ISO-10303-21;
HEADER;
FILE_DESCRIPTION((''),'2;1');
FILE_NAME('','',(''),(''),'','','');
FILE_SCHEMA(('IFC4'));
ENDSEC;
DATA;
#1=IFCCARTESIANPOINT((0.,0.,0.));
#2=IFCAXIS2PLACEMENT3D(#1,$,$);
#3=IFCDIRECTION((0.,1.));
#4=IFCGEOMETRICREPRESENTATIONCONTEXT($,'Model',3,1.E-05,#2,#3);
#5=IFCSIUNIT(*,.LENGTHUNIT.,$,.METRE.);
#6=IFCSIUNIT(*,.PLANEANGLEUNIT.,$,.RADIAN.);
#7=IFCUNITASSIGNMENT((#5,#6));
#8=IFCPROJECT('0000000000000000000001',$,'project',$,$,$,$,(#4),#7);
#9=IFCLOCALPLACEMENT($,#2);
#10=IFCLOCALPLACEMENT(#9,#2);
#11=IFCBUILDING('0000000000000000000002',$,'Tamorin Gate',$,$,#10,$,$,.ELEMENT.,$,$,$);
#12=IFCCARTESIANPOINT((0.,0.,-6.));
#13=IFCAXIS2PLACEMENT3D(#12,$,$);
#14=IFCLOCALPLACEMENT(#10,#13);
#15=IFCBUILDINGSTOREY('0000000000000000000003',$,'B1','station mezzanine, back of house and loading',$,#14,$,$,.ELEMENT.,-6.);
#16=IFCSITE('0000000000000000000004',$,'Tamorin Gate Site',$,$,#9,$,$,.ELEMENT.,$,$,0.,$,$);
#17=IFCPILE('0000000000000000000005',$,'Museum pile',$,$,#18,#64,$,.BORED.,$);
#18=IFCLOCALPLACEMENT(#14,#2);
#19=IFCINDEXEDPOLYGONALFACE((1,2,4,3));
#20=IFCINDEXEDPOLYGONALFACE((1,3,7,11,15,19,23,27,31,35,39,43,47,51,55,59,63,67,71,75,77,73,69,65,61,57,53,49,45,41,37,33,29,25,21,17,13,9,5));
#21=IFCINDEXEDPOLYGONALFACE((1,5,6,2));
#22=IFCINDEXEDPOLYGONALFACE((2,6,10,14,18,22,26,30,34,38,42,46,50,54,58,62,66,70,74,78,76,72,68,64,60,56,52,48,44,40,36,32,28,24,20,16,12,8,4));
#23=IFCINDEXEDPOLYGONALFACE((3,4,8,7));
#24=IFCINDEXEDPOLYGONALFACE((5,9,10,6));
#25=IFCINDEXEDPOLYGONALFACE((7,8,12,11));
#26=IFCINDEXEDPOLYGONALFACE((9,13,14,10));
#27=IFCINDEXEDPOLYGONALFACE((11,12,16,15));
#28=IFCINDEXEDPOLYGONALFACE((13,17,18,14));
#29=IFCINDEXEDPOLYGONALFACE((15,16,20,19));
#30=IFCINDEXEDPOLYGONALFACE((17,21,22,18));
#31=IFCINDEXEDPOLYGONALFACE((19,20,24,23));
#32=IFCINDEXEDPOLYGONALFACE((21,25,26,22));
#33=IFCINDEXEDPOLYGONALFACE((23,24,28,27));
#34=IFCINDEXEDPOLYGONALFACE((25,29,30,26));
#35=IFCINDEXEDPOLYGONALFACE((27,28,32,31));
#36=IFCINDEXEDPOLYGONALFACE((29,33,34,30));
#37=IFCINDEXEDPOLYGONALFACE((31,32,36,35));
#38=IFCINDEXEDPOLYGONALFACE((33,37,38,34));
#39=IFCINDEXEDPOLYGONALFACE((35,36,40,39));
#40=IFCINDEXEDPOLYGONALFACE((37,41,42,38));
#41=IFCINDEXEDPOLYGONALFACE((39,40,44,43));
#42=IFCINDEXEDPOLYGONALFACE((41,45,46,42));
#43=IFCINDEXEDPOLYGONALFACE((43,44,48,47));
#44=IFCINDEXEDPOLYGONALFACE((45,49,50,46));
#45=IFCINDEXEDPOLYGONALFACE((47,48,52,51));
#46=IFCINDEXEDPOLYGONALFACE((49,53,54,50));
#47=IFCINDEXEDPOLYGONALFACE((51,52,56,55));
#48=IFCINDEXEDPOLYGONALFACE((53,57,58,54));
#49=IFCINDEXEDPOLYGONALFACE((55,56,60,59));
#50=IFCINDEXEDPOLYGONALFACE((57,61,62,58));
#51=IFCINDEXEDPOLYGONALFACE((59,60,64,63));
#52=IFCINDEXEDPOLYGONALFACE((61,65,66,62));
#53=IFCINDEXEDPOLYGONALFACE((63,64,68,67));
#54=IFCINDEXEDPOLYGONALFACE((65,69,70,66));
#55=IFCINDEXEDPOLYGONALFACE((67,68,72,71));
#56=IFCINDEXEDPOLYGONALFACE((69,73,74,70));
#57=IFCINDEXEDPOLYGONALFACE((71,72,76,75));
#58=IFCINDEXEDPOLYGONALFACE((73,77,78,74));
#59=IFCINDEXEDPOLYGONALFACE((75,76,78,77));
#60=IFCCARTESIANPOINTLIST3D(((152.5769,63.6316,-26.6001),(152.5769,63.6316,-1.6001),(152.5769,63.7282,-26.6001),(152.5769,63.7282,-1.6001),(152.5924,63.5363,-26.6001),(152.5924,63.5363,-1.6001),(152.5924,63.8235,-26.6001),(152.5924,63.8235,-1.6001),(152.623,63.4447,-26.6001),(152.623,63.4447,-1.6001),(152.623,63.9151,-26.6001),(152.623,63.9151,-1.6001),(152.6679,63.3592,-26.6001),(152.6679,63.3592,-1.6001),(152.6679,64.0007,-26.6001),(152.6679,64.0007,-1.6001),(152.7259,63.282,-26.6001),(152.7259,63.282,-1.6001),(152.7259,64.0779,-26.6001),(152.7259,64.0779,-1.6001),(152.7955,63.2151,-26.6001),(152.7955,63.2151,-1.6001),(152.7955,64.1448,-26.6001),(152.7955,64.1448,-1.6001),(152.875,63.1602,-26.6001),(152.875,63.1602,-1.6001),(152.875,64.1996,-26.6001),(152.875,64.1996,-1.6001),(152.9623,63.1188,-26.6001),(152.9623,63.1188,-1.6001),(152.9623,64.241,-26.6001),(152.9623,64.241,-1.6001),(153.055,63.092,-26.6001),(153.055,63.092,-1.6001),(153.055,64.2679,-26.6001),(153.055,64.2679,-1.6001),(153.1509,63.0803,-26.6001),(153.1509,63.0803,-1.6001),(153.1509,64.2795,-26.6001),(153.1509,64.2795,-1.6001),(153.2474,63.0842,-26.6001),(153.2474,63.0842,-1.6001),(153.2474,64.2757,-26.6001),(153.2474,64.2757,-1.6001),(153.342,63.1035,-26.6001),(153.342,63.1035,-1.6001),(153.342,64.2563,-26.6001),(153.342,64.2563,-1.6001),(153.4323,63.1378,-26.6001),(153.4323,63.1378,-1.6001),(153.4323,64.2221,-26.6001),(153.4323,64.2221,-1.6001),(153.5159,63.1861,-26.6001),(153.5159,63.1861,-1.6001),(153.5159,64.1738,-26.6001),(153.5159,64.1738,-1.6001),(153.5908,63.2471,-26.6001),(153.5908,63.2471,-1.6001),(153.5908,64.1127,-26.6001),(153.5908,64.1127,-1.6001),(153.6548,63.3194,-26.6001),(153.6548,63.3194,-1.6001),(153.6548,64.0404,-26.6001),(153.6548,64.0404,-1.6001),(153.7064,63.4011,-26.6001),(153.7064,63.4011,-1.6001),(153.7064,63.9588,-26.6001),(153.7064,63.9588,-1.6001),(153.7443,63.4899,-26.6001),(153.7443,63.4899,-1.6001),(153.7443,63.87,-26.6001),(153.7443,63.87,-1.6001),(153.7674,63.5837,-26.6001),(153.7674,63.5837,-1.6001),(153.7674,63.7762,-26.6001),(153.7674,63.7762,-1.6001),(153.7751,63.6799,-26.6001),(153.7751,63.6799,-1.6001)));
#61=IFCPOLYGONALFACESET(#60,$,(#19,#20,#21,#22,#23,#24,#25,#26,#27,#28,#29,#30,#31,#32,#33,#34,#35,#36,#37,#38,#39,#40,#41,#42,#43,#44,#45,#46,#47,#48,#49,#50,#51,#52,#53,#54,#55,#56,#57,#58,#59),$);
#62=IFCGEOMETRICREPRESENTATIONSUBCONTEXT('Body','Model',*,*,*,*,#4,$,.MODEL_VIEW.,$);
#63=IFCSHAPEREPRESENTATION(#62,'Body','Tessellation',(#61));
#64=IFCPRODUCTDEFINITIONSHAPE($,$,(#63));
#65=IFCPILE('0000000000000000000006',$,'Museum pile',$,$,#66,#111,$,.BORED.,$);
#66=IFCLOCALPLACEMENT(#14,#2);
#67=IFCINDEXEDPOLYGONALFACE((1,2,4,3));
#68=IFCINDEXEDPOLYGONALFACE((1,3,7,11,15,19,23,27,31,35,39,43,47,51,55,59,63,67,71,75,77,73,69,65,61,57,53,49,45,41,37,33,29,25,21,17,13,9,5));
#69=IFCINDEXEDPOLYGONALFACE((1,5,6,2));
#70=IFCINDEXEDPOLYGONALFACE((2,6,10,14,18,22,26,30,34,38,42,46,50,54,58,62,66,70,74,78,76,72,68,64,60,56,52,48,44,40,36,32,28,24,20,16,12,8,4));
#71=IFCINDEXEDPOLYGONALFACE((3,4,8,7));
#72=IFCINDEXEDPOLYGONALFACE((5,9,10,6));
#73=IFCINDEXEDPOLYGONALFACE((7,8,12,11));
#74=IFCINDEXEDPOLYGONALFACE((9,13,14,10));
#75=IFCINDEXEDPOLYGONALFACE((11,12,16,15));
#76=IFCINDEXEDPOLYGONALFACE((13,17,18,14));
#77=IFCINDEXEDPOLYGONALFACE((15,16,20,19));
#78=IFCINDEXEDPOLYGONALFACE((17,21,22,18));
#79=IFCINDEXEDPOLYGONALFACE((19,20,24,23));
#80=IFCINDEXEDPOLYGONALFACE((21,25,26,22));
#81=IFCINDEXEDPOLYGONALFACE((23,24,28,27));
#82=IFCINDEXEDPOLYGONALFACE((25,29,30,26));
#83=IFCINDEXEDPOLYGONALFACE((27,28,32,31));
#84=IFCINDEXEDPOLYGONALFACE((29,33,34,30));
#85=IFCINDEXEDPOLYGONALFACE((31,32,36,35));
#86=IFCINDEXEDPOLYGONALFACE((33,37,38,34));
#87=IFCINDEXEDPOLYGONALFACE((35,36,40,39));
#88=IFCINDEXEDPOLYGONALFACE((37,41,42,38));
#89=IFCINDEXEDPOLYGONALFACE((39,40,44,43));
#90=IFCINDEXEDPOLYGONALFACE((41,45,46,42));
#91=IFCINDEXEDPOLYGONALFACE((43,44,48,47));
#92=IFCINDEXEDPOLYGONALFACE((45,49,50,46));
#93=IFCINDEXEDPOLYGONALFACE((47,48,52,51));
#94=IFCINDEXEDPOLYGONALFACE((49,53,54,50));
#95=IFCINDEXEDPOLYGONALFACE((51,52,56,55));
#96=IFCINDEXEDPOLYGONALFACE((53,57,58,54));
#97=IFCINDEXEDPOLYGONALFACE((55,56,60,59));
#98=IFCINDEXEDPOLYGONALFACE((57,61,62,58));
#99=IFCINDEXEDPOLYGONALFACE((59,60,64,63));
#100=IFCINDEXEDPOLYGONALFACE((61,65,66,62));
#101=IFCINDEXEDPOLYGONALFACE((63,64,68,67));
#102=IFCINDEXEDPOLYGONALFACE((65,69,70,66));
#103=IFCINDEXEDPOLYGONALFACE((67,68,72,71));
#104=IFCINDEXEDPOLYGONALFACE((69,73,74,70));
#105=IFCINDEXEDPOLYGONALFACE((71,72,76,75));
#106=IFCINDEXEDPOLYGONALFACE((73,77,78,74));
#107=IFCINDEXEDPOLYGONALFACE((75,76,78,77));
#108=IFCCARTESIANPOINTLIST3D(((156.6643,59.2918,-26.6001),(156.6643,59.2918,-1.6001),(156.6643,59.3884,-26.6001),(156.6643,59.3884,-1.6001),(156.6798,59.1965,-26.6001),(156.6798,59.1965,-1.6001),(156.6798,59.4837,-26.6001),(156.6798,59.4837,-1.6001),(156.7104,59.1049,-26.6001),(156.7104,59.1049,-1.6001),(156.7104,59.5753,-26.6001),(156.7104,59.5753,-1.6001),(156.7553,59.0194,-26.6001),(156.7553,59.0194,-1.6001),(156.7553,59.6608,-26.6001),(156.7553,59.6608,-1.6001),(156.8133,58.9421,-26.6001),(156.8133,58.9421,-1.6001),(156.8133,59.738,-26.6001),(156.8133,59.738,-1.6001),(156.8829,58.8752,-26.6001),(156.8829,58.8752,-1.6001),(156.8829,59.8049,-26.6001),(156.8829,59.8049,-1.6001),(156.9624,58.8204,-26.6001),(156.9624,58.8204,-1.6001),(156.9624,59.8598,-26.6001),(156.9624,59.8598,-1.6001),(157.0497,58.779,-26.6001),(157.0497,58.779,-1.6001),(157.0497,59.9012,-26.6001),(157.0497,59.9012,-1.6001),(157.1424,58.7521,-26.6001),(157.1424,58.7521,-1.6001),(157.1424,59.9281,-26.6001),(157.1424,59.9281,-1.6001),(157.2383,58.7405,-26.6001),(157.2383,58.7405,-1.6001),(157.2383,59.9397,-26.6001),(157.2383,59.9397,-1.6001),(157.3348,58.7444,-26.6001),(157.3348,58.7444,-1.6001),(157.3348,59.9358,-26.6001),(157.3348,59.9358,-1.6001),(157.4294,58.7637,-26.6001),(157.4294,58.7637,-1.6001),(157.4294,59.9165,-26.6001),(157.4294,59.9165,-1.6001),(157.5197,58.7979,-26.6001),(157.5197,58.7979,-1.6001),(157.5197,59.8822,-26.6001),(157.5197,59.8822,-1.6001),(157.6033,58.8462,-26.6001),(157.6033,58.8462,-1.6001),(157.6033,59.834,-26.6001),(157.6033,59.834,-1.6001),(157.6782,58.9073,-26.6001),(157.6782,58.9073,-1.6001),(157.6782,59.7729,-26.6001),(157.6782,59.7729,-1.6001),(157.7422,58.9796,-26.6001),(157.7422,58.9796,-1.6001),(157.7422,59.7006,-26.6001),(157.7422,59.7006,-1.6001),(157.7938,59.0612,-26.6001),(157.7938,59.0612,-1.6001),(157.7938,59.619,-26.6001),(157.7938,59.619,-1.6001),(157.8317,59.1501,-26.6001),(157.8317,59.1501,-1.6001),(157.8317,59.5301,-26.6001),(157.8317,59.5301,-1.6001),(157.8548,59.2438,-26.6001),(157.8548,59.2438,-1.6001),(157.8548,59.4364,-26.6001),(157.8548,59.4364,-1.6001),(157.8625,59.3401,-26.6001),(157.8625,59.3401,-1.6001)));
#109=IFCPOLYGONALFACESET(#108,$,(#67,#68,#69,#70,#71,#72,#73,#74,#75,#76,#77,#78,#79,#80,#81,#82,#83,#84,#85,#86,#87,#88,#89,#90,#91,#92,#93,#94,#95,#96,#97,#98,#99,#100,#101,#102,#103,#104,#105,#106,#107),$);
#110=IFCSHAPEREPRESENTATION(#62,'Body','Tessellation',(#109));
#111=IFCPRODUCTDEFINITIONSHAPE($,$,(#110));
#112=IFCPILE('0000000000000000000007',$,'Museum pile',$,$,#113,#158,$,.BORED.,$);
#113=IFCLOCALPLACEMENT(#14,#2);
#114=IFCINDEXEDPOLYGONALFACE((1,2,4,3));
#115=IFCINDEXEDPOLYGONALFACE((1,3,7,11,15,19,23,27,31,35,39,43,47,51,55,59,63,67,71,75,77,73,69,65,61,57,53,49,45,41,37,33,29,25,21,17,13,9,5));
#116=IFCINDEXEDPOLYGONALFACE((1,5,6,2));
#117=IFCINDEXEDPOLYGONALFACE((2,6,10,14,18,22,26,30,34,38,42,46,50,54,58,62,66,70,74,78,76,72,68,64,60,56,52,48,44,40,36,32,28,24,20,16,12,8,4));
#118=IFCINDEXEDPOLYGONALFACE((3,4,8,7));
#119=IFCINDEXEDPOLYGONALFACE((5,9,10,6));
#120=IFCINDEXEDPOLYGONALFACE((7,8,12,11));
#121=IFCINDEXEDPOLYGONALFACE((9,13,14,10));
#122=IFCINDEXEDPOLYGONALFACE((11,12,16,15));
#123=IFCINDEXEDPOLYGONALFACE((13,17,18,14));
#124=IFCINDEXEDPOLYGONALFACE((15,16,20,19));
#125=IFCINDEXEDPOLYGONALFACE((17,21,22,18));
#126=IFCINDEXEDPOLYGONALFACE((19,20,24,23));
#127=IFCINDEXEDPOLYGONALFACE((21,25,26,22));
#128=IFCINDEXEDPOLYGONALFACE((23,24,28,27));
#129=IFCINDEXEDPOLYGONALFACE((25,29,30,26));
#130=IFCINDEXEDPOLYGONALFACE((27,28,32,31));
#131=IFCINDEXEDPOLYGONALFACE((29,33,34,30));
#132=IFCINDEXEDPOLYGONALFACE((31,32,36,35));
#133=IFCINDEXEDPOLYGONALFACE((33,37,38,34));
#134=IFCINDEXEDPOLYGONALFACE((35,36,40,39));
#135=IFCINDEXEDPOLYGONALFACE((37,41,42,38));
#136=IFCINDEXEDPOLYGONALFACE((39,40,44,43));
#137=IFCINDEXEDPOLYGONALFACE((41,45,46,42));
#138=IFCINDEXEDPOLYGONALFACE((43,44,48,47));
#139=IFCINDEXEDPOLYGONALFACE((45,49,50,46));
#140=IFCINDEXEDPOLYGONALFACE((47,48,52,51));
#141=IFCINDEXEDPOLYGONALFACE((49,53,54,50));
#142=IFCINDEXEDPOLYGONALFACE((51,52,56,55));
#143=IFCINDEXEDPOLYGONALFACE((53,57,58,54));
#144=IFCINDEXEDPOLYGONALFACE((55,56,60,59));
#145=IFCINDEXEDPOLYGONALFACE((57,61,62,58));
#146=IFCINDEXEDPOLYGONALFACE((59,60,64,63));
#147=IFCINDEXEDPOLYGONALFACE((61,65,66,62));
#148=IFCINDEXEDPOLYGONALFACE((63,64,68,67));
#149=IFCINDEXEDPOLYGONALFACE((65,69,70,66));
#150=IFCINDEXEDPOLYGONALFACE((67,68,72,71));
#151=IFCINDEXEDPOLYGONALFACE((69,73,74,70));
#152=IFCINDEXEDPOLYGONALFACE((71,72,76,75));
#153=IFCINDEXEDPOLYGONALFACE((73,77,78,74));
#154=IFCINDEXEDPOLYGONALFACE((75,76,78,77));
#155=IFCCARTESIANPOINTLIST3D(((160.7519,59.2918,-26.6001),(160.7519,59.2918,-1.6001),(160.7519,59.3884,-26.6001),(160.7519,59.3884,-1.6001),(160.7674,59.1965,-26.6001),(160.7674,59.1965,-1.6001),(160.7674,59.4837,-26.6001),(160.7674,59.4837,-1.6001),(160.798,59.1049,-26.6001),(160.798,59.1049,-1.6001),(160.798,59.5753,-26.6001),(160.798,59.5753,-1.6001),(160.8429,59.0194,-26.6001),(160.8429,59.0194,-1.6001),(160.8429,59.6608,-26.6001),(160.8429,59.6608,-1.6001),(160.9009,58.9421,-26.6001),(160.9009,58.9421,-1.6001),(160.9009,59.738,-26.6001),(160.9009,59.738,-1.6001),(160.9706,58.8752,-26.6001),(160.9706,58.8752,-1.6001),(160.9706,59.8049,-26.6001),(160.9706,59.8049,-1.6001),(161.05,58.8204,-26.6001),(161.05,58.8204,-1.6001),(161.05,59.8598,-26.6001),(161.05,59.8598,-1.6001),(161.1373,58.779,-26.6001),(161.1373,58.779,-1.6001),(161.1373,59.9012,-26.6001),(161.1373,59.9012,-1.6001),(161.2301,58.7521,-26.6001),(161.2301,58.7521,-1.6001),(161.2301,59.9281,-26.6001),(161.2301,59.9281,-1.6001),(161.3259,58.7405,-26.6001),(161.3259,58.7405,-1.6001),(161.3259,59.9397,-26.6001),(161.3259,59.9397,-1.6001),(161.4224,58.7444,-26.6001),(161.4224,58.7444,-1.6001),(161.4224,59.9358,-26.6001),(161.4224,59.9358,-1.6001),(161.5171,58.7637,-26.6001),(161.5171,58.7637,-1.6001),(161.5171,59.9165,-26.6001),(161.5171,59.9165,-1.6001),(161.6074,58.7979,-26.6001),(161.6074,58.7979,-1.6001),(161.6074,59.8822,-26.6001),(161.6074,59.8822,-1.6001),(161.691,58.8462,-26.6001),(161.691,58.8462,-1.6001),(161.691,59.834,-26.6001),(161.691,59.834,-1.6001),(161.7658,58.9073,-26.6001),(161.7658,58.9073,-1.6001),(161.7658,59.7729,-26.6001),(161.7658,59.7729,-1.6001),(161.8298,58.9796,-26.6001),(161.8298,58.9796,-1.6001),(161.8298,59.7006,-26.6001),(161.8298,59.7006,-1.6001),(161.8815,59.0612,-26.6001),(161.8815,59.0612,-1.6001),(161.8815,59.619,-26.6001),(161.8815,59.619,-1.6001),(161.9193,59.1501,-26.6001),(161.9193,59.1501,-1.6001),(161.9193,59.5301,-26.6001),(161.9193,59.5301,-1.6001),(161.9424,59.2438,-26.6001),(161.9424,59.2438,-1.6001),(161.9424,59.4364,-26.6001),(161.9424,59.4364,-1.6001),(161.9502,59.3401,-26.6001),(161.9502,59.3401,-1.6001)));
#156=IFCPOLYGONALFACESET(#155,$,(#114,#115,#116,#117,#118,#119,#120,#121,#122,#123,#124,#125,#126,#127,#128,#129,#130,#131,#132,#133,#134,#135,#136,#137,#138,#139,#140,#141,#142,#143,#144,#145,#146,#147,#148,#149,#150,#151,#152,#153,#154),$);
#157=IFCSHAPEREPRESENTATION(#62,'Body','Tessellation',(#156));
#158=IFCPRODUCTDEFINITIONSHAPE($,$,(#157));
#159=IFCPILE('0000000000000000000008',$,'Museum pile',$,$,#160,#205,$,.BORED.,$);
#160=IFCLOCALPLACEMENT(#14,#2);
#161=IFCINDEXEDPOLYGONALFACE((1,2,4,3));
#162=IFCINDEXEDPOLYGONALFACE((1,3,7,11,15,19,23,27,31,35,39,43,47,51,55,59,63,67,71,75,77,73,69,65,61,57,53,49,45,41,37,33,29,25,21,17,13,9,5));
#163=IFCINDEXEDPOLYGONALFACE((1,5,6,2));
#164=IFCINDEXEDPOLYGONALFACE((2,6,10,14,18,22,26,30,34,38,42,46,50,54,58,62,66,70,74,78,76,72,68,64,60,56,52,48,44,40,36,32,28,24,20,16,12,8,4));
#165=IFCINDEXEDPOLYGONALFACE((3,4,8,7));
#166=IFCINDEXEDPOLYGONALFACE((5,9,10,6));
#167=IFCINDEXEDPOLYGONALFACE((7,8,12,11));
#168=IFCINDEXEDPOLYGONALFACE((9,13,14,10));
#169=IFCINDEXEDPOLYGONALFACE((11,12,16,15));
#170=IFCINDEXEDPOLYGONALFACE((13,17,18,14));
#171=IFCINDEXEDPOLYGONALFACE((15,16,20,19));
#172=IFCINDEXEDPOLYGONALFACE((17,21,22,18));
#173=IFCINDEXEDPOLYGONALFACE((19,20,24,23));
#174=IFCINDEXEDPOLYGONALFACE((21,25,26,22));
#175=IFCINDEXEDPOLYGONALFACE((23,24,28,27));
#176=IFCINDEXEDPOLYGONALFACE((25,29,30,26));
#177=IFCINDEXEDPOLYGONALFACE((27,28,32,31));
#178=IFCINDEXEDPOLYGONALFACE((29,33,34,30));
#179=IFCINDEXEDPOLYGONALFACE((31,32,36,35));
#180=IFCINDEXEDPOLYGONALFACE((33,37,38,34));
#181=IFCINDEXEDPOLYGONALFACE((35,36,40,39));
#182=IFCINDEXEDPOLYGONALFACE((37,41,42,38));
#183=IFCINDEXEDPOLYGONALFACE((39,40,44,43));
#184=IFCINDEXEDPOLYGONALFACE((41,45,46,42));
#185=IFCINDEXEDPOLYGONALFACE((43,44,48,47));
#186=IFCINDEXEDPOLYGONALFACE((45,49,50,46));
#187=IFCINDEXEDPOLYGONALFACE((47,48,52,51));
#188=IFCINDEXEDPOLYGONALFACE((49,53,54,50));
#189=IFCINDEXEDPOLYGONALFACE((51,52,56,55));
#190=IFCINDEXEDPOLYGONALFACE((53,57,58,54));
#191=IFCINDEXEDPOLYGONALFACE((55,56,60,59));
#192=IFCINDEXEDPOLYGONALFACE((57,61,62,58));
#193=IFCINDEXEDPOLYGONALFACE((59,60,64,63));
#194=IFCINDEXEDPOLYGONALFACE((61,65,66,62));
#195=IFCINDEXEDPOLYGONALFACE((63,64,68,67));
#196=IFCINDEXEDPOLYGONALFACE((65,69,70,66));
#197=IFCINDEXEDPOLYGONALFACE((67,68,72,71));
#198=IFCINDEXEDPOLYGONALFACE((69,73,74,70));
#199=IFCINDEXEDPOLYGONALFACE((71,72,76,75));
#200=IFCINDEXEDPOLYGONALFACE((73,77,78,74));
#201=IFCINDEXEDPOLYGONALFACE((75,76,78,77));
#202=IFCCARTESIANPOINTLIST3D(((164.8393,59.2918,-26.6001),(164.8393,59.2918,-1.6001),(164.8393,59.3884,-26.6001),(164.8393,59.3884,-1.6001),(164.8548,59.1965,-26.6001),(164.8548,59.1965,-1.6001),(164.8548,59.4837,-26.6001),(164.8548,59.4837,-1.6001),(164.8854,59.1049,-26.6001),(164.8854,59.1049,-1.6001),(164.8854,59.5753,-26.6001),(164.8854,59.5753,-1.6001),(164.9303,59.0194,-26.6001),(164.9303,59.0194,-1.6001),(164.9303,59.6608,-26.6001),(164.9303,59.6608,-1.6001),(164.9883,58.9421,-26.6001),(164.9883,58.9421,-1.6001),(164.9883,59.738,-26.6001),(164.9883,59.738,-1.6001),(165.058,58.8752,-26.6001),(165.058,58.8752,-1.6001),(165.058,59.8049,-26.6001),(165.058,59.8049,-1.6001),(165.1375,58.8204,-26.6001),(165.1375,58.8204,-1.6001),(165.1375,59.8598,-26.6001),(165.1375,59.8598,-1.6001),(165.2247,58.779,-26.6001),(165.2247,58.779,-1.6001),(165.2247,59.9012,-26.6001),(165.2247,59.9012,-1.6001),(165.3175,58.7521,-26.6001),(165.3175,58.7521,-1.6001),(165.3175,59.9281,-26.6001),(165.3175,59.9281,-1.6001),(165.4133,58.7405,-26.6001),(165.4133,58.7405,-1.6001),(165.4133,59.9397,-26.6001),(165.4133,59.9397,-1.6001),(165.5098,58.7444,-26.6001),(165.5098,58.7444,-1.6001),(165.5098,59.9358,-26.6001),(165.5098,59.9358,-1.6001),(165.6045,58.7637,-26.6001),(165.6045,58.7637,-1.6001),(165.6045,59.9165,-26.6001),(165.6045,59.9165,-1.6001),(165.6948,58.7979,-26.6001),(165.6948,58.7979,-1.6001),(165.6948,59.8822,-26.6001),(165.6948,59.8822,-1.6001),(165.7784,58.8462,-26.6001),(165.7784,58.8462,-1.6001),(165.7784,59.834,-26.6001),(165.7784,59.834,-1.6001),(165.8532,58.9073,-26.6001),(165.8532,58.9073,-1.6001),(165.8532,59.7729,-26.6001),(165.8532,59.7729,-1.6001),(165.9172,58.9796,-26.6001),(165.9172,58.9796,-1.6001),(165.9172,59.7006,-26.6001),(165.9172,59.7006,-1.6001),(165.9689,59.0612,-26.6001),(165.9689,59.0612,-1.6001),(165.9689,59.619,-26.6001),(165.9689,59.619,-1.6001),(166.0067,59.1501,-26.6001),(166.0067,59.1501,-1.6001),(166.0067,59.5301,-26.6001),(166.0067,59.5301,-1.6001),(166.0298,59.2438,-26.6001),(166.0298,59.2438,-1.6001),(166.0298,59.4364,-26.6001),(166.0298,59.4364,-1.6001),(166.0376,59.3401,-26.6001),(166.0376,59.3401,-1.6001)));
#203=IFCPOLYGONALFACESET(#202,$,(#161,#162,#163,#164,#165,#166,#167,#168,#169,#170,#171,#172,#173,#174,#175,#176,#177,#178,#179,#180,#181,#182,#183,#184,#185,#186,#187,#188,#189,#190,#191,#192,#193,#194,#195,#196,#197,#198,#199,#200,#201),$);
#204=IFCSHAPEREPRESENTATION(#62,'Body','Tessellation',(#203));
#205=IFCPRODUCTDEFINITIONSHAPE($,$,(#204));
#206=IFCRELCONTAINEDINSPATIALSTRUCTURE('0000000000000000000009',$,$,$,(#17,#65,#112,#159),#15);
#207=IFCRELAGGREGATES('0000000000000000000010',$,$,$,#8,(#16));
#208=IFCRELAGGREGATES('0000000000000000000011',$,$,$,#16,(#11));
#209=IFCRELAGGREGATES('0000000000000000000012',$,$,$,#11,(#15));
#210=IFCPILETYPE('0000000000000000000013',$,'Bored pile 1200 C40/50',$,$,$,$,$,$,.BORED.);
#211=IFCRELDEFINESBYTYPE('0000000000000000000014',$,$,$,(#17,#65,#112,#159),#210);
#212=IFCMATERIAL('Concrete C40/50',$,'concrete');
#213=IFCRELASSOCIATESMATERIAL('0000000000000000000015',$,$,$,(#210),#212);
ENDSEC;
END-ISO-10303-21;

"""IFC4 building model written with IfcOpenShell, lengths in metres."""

from ifc_helpers import new_model, si_unit, direction, frame, origin, origin_2d, place, context, subcontext, project, spatial, circle, extrude, material, material_profile, profile_set, type_object, element, save


model = new_model("IFC4")

# Units and contexts
model_context = context("Model", 3, precision=1e-05, world=origin(), true_north=direction((0.0, 1.0)))
body_context = subcontext(model_context, "Body", "Model", "MODEL_VIEW")
ifc_project = project(units=[si_unit("LENGTHUNIT", "METRE"), si_unit("PLANEANGLEUNIT", "RADIAN")], contexts=[model_context])

# Site, building, storey
site_placement = place(None, origin())
site = spatial("IfcSite", under=ifc_project, at=site_placement, Name="Tamorin Gate Site", CompositionType="ELEMENT", RefElevation=0.0)
building_placement = place(site_placement, origin())
building = spatial("IfcBuilding", under=site, at=building_placement, Name="Tamorin Gate", CompositionType="ELEMENT")
storey_placement = place(building_placement, frame((0.0, 0.0, -6.0)))
storey = spatial("IfcBuildingStorey", under=building, at=storey_placement, Name="B1", Description="station mezzanine, back of house and loading", CompositionType="ELEMENT", Elevation=-6.0)

# Piles
ifc_material_1 = material(Name="Concrete C40/50", Category="concrete")
ifc_material_profile_1 = material_profile(ifc_material_1, circle(Radius=0.6001, at=origin_2d()))
ifc_profile_set_1 = profile_set([ifc_material_profile_1], Name="Concrete C40/50")
pile_type = type_object("IfcPileType", Name="Bored pile 1200 C40/50", PredefinedType="BORED", material=ifc_profile_set_1)
for number, where, z_axis, x_axis, name in (
    (1, (153.175, 63.6799, -1.6001), (0.0, 0.0, -1.0), (1.0, 0.0, 0.0), "Museum pile"),
    (2, (157.2625, 59.3401, -1.6001), (0.0, 0.0, -1.0), (1.0, 0.0, 0.0), "Museum pile"),
    (3, (161.3501, 59.3401, -1.6001), (0.0, 0.0, -1.0), (1.0, 0.0, 0.0), "Museum pile"),
    (4, (165.4375, 59.3401, -1.6001), (0.0, 0.0, -1.0), (1.0, 0.0, 0.0), "Museum pile"),
):
    element("IfcPile", number, at=place(storey_placement, frame(where, z_axis=z_axis, x_axis=x_axis)), inside=storey, type_object=pile_type, Name=name, PredefinedType="BORED", context=body_context, shape_type="SweptSolid", body=[
        extrude(circle(Radius=0.6001, at=origin_2d()), origin(), (0.0, 0.0, 1.0), 25.0),
    ])

save(model, "model.ifc")
